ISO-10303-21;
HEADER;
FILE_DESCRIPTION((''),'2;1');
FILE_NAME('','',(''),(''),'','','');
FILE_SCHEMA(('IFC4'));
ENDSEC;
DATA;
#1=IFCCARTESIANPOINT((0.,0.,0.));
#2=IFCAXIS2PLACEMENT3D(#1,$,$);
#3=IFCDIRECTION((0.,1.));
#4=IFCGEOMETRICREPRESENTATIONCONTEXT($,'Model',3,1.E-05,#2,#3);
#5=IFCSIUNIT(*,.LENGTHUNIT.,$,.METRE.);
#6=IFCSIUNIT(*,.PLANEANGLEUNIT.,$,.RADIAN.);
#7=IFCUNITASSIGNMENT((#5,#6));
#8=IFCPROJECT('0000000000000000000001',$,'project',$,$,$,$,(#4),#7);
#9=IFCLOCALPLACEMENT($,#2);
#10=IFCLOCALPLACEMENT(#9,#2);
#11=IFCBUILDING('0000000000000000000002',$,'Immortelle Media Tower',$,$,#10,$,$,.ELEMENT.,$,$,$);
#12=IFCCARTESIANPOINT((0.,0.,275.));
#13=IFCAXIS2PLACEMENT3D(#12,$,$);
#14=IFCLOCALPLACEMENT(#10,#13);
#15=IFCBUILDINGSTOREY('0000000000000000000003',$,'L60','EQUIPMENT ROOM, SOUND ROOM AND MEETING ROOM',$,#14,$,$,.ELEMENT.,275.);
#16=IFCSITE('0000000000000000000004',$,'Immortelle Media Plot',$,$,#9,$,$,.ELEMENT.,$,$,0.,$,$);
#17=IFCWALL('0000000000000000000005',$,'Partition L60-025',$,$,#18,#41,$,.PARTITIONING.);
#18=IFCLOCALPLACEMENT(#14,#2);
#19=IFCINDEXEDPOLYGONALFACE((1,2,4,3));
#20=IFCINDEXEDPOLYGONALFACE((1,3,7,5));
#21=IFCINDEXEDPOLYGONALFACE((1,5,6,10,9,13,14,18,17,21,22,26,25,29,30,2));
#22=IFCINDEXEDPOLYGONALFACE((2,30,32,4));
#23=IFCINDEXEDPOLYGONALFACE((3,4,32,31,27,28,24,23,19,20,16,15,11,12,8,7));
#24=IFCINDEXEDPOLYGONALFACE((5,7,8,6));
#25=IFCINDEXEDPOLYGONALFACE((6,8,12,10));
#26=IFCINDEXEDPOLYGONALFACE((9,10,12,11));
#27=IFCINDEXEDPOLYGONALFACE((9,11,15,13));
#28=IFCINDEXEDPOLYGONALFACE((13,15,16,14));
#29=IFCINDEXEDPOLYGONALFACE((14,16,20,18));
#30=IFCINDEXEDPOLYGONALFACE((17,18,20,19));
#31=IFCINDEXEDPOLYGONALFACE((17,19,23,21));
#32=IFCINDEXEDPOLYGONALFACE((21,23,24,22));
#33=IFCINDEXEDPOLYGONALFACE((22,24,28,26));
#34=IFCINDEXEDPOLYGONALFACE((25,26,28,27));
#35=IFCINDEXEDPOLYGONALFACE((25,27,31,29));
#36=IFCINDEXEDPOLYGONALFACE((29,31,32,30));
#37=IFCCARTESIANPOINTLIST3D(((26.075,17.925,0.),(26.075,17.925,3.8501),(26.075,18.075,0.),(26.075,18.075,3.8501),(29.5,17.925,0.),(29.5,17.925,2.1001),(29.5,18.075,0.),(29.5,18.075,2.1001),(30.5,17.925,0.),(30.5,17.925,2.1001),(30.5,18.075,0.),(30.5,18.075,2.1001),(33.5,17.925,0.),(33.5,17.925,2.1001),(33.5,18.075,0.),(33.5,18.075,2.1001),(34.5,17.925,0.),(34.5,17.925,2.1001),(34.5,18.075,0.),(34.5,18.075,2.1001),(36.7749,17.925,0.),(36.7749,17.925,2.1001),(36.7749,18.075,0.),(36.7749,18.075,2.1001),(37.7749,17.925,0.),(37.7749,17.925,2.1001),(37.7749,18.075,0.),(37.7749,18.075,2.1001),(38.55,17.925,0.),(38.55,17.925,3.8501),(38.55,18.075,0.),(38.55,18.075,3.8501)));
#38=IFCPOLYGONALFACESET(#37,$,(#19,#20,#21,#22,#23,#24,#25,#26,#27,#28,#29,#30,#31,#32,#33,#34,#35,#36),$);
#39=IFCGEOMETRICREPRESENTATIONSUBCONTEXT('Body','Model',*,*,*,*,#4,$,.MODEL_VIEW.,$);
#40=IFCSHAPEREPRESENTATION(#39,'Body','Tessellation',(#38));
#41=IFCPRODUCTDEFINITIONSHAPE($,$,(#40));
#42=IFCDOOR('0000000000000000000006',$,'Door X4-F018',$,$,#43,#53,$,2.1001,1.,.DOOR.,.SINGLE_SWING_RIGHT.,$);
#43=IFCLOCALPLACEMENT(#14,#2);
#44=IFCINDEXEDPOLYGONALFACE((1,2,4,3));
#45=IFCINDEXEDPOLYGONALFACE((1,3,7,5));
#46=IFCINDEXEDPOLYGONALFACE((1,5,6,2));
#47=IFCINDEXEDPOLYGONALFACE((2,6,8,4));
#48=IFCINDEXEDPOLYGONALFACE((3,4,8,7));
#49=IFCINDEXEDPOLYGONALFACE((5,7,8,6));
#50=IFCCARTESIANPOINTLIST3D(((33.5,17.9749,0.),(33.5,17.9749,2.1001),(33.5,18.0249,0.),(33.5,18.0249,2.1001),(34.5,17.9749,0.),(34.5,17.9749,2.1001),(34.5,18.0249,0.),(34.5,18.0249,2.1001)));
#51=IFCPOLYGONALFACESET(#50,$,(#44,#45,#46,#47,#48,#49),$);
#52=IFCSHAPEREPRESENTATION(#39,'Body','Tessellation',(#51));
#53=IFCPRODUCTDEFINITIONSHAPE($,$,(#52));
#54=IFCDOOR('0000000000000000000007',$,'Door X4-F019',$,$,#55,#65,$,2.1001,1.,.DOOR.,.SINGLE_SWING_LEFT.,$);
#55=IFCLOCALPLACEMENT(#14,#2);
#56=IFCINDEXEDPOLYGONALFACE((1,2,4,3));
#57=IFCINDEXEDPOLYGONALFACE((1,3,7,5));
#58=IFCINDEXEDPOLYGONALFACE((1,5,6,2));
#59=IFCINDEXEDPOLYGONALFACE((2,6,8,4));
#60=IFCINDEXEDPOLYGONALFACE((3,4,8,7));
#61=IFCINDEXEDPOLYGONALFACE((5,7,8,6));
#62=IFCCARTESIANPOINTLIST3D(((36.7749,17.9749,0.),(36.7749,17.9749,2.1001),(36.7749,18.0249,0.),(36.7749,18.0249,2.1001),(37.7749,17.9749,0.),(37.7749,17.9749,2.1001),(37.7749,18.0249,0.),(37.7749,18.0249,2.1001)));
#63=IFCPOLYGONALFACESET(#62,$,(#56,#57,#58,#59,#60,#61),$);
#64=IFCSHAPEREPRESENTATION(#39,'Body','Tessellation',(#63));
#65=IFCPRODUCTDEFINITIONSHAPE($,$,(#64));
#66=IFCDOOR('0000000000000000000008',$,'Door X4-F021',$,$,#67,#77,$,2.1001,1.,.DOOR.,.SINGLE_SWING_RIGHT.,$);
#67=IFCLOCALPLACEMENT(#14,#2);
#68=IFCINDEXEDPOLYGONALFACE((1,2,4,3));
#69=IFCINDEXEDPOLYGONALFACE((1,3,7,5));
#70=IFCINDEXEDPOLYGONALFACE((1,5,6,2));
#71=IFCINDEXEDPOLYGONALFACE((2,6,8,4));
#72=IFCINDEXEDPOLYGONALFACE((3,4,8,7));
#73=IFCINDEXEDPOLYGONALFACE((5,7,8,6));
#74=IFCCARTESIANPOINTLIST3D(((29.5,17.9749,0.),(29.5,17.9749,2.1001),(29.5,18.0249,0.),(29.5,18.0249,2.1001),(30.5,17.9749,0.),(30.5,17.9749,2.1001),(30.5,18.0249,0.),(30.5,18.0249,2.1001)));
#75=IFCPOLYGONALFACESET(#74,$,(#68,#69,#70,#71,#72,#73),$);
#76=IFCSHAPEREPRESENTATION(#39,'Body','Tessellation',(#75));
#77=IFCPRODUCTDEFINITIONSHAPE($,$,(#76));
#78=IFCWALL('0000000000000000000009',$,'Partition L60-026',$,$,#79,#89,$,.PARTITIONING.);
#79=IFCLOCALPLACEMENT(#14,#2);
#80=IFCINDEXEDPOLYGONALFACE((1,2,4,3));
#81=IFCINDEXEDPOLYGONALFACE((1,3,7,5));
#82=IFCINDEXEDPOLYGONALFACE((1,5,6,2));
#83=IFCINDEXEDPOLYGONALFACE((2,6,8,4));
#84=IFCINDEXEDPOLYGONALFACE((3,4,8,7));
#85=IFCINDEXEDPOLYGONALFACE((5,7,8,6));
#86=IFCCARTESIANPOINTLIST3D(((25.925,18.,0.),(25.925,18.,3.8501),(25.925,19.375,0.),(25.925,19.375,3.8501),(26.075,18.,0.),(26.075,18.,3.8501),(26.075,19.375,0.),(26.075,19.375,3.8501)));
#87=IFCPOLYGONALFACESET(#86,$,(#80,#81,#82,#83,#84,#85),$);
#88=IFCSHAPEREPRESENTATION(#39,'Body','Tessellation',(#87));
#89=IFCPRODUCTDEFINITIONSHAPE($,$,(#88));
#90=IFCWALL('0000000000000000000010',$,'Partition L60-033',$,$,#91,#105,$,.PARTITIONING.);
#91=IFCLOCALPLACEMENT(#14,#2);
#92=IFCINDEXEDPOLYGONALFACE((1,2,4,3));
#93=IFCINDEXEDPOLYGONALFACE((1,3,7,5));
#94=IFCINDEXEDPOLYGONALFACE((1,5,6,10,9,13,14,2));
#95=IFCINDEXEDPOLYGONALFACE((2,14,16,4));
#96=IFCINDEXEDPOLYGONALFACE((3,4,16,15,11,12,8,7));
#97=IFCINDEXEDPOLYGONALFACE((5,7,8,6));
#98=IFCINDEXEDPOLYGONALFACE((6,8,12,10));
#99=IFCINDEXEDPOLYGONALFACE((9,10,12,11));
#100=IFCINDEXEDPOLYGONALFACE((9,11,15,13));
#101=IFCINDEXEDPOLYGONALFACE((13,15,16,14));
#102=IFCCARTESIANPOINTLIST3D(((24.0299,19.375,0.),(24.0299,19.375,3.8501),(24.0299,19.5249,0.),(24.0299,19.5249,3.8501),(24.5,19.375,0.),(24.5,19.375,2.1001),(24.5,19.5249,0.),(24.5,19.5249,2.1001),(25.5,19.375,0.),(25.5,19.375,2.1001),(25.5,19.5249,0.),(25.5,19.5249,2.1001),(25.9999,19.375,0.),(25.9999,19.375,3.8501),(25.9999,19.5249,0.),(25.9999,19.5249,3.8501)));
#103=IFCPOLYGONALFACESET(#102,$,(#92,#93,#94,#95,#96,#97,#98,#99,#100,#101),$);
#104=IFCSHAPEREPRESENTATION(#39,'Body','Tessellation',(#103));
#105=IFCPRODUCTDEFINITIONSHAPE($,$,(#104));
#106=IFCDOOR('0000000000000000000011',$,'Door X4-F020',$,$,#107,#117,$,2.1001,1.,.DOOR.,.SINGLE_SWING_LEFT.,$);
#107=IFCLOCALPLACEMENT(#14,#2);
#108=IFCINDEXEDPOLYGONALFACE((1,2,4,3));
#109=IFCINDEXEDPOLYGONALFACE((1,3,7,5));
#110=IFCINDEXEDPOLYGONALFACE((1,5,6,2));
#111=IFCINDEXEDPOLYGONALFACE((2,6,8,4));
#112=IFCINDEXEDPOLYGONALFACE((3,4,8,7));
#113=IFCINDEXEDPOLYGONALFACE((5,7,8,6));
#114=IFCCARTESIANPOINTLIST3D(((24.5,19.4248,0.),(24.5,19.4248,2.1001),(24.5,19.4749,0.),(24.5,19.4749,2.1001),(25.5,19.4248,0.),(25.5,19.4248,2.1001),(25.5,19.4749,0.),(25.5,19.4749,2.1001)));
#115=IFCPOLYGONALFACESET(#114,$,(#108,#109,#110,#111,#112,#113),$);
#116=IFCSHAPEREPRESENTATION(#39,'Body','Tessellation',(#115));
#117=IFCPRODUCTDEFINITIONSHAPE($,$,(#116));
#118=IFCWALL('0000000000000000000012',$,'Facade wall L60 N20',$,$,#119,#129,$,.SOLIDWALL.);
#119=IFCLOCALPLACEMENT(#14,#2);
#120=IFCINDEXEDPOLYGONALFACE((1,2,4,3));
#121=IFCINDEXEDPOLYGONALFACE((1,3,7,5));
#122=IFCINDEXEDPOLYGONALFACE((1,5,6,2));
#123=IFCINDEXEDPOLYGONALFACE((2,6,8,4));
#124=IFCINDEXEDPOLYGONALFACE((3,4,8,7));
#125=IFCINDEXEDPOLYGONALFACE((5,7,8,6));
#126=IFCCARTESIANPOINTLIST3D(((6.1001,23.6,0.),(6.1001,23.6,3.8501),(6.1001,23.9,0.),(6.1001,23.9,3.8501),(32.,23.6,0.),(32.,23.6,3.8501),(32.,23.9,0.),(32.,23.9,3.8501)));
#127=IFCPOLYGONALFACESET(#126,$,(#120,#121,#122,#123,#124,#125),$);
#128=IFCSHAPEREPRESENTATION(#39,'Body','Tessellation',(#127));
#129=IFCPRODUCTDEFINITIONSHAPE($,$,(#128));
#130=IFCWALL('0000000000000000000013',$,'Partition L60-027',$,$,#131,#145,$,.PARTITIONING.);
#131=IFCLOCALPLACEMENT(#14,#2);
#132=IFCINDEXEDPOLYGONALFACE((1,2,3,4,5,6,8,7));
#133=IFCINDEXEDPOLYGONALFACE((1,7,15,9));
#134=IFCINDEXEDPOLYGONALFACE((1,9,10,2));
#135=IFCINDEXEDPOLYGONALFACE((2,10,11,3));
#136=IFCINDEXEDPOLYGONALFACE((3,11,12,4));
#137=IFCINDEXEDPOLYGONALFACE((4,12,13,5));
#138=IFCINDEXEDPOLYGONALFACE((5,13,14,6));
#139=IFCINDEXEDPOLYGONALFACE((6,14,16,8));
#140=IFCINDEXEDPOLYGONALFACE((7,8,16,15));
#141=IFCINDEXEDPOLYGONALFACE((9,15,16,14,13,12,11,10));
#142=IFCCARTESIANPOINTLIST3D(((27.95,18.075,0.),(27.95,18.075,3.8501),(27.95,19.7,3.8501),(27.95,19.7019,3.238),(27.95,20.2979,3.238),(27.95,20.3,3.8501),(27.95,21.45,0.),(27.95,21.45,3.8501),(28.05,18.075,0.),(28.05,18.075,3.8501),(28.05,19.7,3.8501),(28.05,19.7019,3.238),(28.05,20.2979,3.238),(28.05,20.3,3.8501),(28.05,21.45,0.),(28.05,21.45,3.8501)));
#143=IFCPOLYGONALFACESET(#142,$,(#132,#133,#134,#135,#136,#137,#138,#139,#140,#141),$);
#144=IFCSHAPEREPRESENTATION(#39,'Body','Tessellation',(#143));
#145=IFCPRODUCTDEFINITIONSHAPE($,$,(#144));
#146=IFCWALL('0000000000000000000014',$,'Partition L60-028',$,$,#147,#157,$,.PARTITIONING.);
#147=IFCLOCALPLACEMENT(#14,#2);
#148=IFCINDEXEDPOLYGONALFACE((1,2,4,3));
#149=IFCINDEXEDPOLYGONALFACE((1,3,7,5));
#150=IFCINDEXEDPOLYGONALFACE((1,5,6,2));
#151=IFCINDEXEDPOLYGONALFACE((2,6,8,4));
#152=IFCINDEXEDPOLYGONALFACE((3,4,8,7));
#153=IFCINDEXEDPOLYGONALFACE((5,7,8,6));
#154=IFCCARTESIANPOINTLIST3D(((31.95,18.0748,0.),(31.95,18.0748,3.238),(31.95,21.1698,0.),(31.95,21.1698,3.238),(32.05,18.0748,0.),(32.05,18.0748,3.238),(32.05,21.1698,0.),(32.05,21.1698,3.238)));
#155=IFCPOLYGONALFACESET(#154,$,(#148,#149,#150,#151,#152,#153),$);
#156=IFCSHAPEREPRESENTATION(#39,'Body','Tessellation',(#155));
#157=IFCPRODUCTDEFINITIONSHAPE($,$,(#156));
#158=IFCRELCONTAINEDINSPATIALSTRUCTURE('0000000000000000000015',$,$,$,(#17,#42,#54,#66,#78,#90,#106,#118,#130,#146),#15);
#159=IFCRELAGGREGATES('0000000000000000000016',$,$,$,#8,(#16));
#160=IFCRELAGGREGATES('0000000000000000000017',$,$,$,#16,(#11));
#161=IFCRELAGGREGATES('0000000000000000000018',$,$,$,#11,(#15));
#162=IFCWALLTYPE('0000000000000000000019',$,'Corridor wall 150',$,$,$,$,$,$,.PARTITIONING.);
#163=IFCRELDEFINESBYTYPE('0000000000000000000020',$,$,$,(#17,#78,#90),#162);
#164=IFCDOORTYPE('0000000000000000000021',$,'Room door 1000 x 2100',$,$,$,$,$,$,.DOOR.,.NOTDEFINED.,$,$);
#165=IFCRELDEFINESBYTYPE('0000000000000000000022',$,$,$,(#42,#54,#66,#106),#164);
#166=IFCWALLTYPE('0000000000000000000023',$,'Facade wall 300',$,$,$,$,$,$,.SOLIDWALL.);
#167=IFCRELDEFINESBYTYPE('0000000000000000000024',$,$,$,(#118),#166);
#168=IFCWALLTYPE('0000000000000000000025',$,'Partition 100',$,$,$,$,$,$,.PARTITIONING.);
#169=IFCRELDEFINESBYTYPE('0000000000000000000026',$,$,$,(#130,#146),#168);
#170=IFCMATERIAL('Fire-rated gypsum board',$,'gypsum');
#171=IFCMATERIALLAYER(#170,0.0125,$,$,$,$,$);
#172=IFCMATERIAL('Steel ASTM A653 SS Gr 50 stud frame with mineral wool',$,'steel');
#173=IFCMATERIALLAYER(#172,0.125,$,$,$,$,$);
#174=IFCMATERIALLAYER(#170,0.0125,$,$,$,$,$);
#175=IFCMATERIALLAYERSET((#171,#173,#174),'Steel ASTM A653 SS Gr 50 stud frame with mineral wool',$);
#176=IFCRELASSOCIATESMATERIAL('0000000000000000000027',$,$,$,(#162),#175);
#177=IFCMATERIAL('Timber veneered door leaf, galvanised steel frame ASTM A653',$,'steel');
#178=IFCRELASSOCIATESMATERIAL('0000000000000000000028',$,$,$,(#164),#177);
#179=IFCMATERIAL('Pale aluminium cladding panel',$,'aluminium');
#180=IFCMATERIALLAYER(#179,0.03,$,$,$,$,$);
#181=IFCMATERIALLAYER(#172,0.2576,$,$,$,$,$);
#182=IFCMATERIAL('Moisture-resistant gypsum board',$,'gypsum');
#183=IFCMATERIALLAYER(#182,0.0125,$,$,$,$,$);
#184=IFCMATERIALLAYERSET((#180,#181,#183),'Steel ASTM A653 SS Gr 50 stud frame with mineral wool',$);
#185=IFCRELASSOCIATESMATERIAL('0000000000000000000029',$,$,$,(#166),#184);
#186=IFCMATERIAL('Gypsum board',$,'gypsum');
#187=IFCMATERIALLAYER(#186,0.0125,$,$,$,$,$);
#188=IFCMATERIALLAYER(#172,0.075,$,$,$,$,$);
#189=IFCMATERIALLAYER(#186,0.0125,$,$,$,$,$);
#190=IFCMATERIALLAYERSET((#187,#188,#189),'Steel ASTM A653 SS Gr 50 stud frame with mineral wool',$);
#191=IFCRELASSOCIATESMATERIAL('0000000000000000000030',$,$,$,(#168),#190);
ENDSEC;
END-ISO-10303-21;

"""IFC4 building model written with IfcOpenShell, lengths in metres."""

from ifc_helpers import new_model, si_unit, direction, frame, frame_2d, origin, place, context, subcontext, project, spatial, polyline, rectangle, outline, extrude, material, layer, layer_set, type_object, element, fill, save


model = new_model("IFC4")

# Units and contexts
model_context = context("Model", 3, precision=1e-05, world=origin(), true_north=direction((0.0, 1.0)))
body_context = subcontext(model_context, "Body", "Model", "MODEL_VIEW")
ifc_project = project(units=[si_unit("LENGTHUNIT", "METRE"), si_unit("PLANEANGLEUNIT", "RADIAN")], contexts=[model_context])

# Site, building, storey
site_placement = place(None, origin())
site = spatial("IfcSite", under=ifc_project, at=site_placement, Name="Immortelle Media Plot", CompositionType="ELEMENT", RefElevation=0.0)
building_placement = place(site_placement, origin())
building = spatial("IfcBuilding", under=site, at=building_placement, Name="Immortelle Media Tower", CompositionType="ELEMENT")
storey_placement = place(building_placement, frame((0.0, 0.0, 275.0)))
storey = spatial("IfcBuildingStorey", under=building, at=storey_placement, Name="L60", Description="EQUIPMENT ROOM, SOUND ROOM AND MEETING ROOM", CompositionType="ELEMENT", Elevation=275.0)

# Shared definitions
ifc_material_1 = material(Name="Fire-rated gypsum board", Category="gypsum")
ifc_material_2 = material(Name="Steel ASTM A653 SS Gr 50 stud frame with mineral wool", Category="steel")

# Wall, openings, doors
ifc_layer_1 = layer(ifc_material_1, 0.0125)
ifc_layer_2 = layer(ifc_material_2, 0.125)
ifc_layer_3 = layer(ifc_material_1, 0.0125)
ifc_layer_set_1 = layer_set([ifc_layer_1, ifc_layer_2, ifc_layer_3], Name="Steel ASTM A653 SS Gr 50 stud frame with mineral wool")
wall_type_1 = type_object("IfcWallType", Name="Corridor wall 150", PredefinedType="PARTITIONING", material=ifc_layer_set_1)
wall_1_placement = place(storey_placement, frame((26.075, 18.0, 0.0), z_axis=(0.0, 0.0, 1.0), x_axis=(1.0, 0.0, 0.0)))
wall_1 = element("IfcWall", 1, at=wall_1_placement, inside=storey, type_object=wall_type_1, Name="Partition L60-025", PredefinedType="PARTITIONING", context=body_context, shape_type="SweptSolid", body=[
    extrude(rectangle(XDim=12.4751, YDim=0.1499, at=frame_2d((6.2375, 0.0))), origin(), (0.0, 0.0, 1.0), 3.8501),
])
opening_1_placement = place(wall_1_placement, frame((7.425, 0.0, 0.0)))
opening_1 = element("IfcOpeningElement", 2, at=opening_1_placement, cuts=wall_1, PredefinedType="OPENING", context=body_context, shape_type="SweptSolid", body=[
    extrude(rectangle(XDim=1.0, YDim=2.1001, at=frame_2d((0.5, 1.05))), frame((0.0, 0.085, 0.0), z_axis=(0.0, -1.0, 0.0), x_axis=(1.0, 0.0, 0.0)), (0.0, 0.0, 1.0), 0.1699),
])
opening_2_placement = place(wall_1_placement, frame((10.7, 0.0, 0.0)))
opening_2 = element("IfcOpeningElement", 3, at=opening_2_placement, cuts=wall_1, PredefinedType="OPENING", context=body_context, shape_type="SweptSolid", body=[
    extrude(rectangle(XDim=1.0, YDim=2.1001, at=frame_2d((0.5, 1.05))), frame((0.0, 0.085, 0.0), z_axis=(0.0, -1.0, 0.0), x_axis=(1.0, 0.0, 0.0)), (0.0, 0.0, 1.0), 0.1699),
])
opening_3_placement = place(wall_1_placement, frame((3.425, 0.0, 0.0)))
opening_3 = element("IfcOpeningElement", 4, at=opening_3_placement, cuts=wall_1, PredefinedType="OPENING", context=body_context, shape_type="SweptSolid", body=[
    extrude(rectangle(XDim=1.0, YDim=2.1001, at=frame_2d((0.5, 1.05))), frame((0.0, 0.085, 0.0), z_axis=(0.0, -1.0, 0.0), x_axis=(1.0, 0.0, 0.0)), (0.0, 0.0, 1.0), 0.1699),
])
ifc_material_3 = material(Name="Timber veneered door leaf, galvanised steel frame ASTM A653", Category="steel")
door_type = type_object("IfcDoorType", Name="Room door 1000 x 2100", OperationType="NOTDEFINED", PredefinedType="DOOR", material=ifc_material_3)
door_1_placement = place(opening_1_placement, origin())
door_1 = element("IfcDoor", 5, at=door_1_placement, inside=storey, type_object=door_type, Name="Door X4-F018", OperationType="SINGLE_SWING_RIGHT", OverallHeight=2.1001, OverallWidth=1.0, PredefinedType="DOOR", context=body_context, shape_type="SweptSolid", body=[
    extrude(rectangle(XDim=1.0, YDim=2.1001, at=frame_2d((0.5, 1.05))), frame((0.0, 0.0249, 0.0), z_axis=(0.0, -1.0, 0.0), x_axis=(1.0, 0.0, 0.0)), (0.0, 0.0, 1.0), 0.05),
])
fill(opening_1, door_1)
door_2_placement = place(opening_2_placement, origin())
door_2 = element("IfcDoor", 6, at=door_2_placement, inside=storey, type_object=door_type, Name="Door X4-F019", OperationType="SINGLE_SWING_LEFT", OverallHeight=2.1001, OverallWidth=1.0, PredefinedType="DOOR", context=body_context, shape_type="SweptSolid", body=[
    extrude(rectangle(XDim=1.0, YDim=2.1001, at=frame_2d((0.5, 1.05))), frame((0.0, 0.0249, 0.0), z_axis=(0.0, -1.0, 0.0), x_axis=(1.0, 0.0, 0.0)), (0.0, 0.0, 1.0), 0.05),
])
fill(opening_2, door_2)
door_3_placement = place(opening_3_placement, origin())
door_3 = element("IfcDoor", 7, at=door_3_placement, inside=storey, type_object=door_type, Name="Door X4-F021", OperationType="SINGLE_SWING_RIGHT", OverallHeight=2.1001, OverallWidth=1.0, PredefinedType="DOOR", context=body_context, shape_type="SweptSolid", body=[
    extrude(rectangle(XDim=1.0, YDim=2.1001, at=frame_2d((0.5, 1.05))), frame((0.0, 0.0249, 0.0), z_axis=(0.0, -1.0, 0.0), x_axis=(1.0, 0.0, 0.0)), (0.0, 0.0, 1.0), 0.05),
])
fill(opening_3, door_3)

# Wall
wall_2_placement = place(storey_placement, frame((26.0, 18.0, 0.0), z_axis=(0.0, 0.0, 1.0), x_axis=(0.0, 1.0, 0.0)))
element("IfcWall", 8, at=wall_2_placement, inside=storey, type_object=wall_type_1, Name="Partition L60-026", PredefinedType="PARTITIONING", context=body_context, shape_type="SweptSolid", body=[
    extrude(rectangle(XDim=1.375, YDim=0.1499, at=frame_2d((0.6875, 0.0))), origin(), (0.0, 0.0, 1.0), 3.8501),
])

# Wall, opening, door
wall_3_placement = place(storey_placement, frame((24.03, 19.45, 0.0), z_axis=(0.0, 0.0, 1.0), x_axis=(1.0, 0.0, 0.0)))
wall_3 = element("IfcWall", 9, at=wall_3_placement, inside=storey, type_object=wall_type_1, Name="Partition L60-033", PredefinedType="PARTITIONING", context=body_context, shape_type="SweptSolid", body=[
    extrude(rectangle(XDim=1.97, YDim=0.1499, at=frame_2d((0.9849, 0.0))), origin(), (0.0, 0.0, 1.0), 3.8501),
])
opening_4_placement = place(wall_3_placement, frame((0.47, 0.0, 0.0)))
opening_4 = element("IfcOpeningElement", 10, at=opening_4_placement, cuts=wall_3, PredefinedType="OPENING", context=body_context, shape_type="SweptSolid", body=[
    extrude(rectangle(XDim=1.0, YDim=2.1001, at=frame_2d((0.5, 1.05))), frame((0.0, 0.085, 0.0), z_axis=(0.0, -1.0, 0.0), x_axis=(1.0, 0.0, 0.0)), (0.0, 0.0, 1.0), 0.1699),
])
door_4_placement = place(opening_4_placement, origin())
door_4 = element("IfcDoor", 11, at=door_4_placement, inside=storey, type_object=door_type, Name="Door X4-F020", OperationType="SINGLE_SWING_LEFT", OverallHeight=2.1001, OverallWidth=1.0, PredefinedType="DOOR", context=body_context, shape_type="SweptSolid", body=[
    extrude(rectangle(XDim=1.0, YDim=2.1001, at=frame_2d((0.5, 1.05))), frame((0.0, 0.0249, 0.0), z_axis=(0.0, -1.0, 0.0), x_axis=(1.0, 0.0, 0.0)), (0.0, 0.0, 1.0), 0.05),
])
fill(opening_4, door_4)

# Walls
ifc_material_4 = material(Name="Pale aluminium cladding panel", Category="aluminium")
ifc_layer_4 = layer(ifc_material_4, 0.03)
ifc_layer_5 = layer(ifc_material_2, 0.2576)
ifc_material_5 = material(Name="Moisture-resistant gypsum board", Category="gypsum")
ifc_layer_6 = layer(ifc_material_5, 0.0125)
ifc_layer_set_2 = layer_set([ifc_layer_4, ifc_layer_5, ifc_layer_6], Name="Steel ASTM A653 SS Gr 50 stud frame with mineral wool")
wall_type_2 = type_object("IfcWallType", Name="Facade wall 300", PredefinedType="SOLIDWALL", material=ifc_layer_set_2)
wall_4_placement = place(storey_placement, frame((32.0, 23.75, 0.0), z_axis=(0.0, 0.0, 1.0), x_axis=(-1.0, 0.0, 0.0)))
element("IfcWall", 12, at=wall_4_placement, inside=storey, type_object=wall_type_2, Name="Facade wall L60 N20", PredefinedType="SOLIDWALL", context=body_context, shape_type="SweptSolid", body=[
    extrude(rectangle(XDim=25.8999, YDim=0.3, at=frame_2d((12.95, 0.0))), origin(), (0.0, 0.0, 1.0), 3.8501),
])
ifc_material_6 = material(Name="Gypsum board", Category="gypsum")
ifc_layer_7 = layer(ifc_material_6, 0.0125)
ifc_layer_8 = layer(ifc_material_2, 0.075)
ifc_layer_9 = layer(ifc_material_6, 0.0125)
ifc_layer_set_3 = layer_set([ifc_layer_7, ifc_layer_8, ifc_layer_9], Name="Steel ASTM A653 SS Gr 50 stud frame with mineral wool")
wall_type_3 = type_object("IfcWallType", Name="Partition 100", PredefinedType="PARTITIONING", material=ifc_layer_set_3)
wall_5_placement = place(storey_placement, frame((28.0, 18.075, 0.0), z_axis=(0.0, 0.0, 1.0), x_axis=(0.0, 1.0, 0.0)))
element("IfcWall", 13, at=wall_5_placement, inside=storey, type_object=wall_type_3, Name="Partition L60-027", PredefinedType="PARTITIONING", context=body_context, shape_type="SweptSolid", body=[
    extrude(outline(polyline([(0.0, 0.0), (3.375, 0.0), (3.375, 3.8501), (2.2251, 3.8501), (2.2229, 3.238), (1.627, 3.238), (1.625, 3.8501), (0.0, 3.8501), (0.0, 0.0)])), frame((0.0, 0.05, 0.0), z_axis=(0.0, -1.0, 0.0), x_axis=(1.0, 0.0, 0.0)), (0.0, 0.0, 1.0), 0.1001),
])
wall_6_placement = place(storey_placement, frame((32.0, 18.075, 0.0), z_axis=(0.0, 0.0, 1.0), x_axis=(0.0, 1.0, 0.0)))
element("IfcWall", 14, at=wall_6_placement, inside=storey, type_object=wall_type_3, Name="Partition L60-028", PredefinedType="PARTITIONING", context=body_context, shape_type="SweptSolid", body=[
    extrude(rectangle(XDim=3.095, YDim=0.1001, at=frame_2d((1.5474, 0.0))), origin(), (0.0, 0.0, 1.0), 3.238),
])

save(model, "model.ifc")
